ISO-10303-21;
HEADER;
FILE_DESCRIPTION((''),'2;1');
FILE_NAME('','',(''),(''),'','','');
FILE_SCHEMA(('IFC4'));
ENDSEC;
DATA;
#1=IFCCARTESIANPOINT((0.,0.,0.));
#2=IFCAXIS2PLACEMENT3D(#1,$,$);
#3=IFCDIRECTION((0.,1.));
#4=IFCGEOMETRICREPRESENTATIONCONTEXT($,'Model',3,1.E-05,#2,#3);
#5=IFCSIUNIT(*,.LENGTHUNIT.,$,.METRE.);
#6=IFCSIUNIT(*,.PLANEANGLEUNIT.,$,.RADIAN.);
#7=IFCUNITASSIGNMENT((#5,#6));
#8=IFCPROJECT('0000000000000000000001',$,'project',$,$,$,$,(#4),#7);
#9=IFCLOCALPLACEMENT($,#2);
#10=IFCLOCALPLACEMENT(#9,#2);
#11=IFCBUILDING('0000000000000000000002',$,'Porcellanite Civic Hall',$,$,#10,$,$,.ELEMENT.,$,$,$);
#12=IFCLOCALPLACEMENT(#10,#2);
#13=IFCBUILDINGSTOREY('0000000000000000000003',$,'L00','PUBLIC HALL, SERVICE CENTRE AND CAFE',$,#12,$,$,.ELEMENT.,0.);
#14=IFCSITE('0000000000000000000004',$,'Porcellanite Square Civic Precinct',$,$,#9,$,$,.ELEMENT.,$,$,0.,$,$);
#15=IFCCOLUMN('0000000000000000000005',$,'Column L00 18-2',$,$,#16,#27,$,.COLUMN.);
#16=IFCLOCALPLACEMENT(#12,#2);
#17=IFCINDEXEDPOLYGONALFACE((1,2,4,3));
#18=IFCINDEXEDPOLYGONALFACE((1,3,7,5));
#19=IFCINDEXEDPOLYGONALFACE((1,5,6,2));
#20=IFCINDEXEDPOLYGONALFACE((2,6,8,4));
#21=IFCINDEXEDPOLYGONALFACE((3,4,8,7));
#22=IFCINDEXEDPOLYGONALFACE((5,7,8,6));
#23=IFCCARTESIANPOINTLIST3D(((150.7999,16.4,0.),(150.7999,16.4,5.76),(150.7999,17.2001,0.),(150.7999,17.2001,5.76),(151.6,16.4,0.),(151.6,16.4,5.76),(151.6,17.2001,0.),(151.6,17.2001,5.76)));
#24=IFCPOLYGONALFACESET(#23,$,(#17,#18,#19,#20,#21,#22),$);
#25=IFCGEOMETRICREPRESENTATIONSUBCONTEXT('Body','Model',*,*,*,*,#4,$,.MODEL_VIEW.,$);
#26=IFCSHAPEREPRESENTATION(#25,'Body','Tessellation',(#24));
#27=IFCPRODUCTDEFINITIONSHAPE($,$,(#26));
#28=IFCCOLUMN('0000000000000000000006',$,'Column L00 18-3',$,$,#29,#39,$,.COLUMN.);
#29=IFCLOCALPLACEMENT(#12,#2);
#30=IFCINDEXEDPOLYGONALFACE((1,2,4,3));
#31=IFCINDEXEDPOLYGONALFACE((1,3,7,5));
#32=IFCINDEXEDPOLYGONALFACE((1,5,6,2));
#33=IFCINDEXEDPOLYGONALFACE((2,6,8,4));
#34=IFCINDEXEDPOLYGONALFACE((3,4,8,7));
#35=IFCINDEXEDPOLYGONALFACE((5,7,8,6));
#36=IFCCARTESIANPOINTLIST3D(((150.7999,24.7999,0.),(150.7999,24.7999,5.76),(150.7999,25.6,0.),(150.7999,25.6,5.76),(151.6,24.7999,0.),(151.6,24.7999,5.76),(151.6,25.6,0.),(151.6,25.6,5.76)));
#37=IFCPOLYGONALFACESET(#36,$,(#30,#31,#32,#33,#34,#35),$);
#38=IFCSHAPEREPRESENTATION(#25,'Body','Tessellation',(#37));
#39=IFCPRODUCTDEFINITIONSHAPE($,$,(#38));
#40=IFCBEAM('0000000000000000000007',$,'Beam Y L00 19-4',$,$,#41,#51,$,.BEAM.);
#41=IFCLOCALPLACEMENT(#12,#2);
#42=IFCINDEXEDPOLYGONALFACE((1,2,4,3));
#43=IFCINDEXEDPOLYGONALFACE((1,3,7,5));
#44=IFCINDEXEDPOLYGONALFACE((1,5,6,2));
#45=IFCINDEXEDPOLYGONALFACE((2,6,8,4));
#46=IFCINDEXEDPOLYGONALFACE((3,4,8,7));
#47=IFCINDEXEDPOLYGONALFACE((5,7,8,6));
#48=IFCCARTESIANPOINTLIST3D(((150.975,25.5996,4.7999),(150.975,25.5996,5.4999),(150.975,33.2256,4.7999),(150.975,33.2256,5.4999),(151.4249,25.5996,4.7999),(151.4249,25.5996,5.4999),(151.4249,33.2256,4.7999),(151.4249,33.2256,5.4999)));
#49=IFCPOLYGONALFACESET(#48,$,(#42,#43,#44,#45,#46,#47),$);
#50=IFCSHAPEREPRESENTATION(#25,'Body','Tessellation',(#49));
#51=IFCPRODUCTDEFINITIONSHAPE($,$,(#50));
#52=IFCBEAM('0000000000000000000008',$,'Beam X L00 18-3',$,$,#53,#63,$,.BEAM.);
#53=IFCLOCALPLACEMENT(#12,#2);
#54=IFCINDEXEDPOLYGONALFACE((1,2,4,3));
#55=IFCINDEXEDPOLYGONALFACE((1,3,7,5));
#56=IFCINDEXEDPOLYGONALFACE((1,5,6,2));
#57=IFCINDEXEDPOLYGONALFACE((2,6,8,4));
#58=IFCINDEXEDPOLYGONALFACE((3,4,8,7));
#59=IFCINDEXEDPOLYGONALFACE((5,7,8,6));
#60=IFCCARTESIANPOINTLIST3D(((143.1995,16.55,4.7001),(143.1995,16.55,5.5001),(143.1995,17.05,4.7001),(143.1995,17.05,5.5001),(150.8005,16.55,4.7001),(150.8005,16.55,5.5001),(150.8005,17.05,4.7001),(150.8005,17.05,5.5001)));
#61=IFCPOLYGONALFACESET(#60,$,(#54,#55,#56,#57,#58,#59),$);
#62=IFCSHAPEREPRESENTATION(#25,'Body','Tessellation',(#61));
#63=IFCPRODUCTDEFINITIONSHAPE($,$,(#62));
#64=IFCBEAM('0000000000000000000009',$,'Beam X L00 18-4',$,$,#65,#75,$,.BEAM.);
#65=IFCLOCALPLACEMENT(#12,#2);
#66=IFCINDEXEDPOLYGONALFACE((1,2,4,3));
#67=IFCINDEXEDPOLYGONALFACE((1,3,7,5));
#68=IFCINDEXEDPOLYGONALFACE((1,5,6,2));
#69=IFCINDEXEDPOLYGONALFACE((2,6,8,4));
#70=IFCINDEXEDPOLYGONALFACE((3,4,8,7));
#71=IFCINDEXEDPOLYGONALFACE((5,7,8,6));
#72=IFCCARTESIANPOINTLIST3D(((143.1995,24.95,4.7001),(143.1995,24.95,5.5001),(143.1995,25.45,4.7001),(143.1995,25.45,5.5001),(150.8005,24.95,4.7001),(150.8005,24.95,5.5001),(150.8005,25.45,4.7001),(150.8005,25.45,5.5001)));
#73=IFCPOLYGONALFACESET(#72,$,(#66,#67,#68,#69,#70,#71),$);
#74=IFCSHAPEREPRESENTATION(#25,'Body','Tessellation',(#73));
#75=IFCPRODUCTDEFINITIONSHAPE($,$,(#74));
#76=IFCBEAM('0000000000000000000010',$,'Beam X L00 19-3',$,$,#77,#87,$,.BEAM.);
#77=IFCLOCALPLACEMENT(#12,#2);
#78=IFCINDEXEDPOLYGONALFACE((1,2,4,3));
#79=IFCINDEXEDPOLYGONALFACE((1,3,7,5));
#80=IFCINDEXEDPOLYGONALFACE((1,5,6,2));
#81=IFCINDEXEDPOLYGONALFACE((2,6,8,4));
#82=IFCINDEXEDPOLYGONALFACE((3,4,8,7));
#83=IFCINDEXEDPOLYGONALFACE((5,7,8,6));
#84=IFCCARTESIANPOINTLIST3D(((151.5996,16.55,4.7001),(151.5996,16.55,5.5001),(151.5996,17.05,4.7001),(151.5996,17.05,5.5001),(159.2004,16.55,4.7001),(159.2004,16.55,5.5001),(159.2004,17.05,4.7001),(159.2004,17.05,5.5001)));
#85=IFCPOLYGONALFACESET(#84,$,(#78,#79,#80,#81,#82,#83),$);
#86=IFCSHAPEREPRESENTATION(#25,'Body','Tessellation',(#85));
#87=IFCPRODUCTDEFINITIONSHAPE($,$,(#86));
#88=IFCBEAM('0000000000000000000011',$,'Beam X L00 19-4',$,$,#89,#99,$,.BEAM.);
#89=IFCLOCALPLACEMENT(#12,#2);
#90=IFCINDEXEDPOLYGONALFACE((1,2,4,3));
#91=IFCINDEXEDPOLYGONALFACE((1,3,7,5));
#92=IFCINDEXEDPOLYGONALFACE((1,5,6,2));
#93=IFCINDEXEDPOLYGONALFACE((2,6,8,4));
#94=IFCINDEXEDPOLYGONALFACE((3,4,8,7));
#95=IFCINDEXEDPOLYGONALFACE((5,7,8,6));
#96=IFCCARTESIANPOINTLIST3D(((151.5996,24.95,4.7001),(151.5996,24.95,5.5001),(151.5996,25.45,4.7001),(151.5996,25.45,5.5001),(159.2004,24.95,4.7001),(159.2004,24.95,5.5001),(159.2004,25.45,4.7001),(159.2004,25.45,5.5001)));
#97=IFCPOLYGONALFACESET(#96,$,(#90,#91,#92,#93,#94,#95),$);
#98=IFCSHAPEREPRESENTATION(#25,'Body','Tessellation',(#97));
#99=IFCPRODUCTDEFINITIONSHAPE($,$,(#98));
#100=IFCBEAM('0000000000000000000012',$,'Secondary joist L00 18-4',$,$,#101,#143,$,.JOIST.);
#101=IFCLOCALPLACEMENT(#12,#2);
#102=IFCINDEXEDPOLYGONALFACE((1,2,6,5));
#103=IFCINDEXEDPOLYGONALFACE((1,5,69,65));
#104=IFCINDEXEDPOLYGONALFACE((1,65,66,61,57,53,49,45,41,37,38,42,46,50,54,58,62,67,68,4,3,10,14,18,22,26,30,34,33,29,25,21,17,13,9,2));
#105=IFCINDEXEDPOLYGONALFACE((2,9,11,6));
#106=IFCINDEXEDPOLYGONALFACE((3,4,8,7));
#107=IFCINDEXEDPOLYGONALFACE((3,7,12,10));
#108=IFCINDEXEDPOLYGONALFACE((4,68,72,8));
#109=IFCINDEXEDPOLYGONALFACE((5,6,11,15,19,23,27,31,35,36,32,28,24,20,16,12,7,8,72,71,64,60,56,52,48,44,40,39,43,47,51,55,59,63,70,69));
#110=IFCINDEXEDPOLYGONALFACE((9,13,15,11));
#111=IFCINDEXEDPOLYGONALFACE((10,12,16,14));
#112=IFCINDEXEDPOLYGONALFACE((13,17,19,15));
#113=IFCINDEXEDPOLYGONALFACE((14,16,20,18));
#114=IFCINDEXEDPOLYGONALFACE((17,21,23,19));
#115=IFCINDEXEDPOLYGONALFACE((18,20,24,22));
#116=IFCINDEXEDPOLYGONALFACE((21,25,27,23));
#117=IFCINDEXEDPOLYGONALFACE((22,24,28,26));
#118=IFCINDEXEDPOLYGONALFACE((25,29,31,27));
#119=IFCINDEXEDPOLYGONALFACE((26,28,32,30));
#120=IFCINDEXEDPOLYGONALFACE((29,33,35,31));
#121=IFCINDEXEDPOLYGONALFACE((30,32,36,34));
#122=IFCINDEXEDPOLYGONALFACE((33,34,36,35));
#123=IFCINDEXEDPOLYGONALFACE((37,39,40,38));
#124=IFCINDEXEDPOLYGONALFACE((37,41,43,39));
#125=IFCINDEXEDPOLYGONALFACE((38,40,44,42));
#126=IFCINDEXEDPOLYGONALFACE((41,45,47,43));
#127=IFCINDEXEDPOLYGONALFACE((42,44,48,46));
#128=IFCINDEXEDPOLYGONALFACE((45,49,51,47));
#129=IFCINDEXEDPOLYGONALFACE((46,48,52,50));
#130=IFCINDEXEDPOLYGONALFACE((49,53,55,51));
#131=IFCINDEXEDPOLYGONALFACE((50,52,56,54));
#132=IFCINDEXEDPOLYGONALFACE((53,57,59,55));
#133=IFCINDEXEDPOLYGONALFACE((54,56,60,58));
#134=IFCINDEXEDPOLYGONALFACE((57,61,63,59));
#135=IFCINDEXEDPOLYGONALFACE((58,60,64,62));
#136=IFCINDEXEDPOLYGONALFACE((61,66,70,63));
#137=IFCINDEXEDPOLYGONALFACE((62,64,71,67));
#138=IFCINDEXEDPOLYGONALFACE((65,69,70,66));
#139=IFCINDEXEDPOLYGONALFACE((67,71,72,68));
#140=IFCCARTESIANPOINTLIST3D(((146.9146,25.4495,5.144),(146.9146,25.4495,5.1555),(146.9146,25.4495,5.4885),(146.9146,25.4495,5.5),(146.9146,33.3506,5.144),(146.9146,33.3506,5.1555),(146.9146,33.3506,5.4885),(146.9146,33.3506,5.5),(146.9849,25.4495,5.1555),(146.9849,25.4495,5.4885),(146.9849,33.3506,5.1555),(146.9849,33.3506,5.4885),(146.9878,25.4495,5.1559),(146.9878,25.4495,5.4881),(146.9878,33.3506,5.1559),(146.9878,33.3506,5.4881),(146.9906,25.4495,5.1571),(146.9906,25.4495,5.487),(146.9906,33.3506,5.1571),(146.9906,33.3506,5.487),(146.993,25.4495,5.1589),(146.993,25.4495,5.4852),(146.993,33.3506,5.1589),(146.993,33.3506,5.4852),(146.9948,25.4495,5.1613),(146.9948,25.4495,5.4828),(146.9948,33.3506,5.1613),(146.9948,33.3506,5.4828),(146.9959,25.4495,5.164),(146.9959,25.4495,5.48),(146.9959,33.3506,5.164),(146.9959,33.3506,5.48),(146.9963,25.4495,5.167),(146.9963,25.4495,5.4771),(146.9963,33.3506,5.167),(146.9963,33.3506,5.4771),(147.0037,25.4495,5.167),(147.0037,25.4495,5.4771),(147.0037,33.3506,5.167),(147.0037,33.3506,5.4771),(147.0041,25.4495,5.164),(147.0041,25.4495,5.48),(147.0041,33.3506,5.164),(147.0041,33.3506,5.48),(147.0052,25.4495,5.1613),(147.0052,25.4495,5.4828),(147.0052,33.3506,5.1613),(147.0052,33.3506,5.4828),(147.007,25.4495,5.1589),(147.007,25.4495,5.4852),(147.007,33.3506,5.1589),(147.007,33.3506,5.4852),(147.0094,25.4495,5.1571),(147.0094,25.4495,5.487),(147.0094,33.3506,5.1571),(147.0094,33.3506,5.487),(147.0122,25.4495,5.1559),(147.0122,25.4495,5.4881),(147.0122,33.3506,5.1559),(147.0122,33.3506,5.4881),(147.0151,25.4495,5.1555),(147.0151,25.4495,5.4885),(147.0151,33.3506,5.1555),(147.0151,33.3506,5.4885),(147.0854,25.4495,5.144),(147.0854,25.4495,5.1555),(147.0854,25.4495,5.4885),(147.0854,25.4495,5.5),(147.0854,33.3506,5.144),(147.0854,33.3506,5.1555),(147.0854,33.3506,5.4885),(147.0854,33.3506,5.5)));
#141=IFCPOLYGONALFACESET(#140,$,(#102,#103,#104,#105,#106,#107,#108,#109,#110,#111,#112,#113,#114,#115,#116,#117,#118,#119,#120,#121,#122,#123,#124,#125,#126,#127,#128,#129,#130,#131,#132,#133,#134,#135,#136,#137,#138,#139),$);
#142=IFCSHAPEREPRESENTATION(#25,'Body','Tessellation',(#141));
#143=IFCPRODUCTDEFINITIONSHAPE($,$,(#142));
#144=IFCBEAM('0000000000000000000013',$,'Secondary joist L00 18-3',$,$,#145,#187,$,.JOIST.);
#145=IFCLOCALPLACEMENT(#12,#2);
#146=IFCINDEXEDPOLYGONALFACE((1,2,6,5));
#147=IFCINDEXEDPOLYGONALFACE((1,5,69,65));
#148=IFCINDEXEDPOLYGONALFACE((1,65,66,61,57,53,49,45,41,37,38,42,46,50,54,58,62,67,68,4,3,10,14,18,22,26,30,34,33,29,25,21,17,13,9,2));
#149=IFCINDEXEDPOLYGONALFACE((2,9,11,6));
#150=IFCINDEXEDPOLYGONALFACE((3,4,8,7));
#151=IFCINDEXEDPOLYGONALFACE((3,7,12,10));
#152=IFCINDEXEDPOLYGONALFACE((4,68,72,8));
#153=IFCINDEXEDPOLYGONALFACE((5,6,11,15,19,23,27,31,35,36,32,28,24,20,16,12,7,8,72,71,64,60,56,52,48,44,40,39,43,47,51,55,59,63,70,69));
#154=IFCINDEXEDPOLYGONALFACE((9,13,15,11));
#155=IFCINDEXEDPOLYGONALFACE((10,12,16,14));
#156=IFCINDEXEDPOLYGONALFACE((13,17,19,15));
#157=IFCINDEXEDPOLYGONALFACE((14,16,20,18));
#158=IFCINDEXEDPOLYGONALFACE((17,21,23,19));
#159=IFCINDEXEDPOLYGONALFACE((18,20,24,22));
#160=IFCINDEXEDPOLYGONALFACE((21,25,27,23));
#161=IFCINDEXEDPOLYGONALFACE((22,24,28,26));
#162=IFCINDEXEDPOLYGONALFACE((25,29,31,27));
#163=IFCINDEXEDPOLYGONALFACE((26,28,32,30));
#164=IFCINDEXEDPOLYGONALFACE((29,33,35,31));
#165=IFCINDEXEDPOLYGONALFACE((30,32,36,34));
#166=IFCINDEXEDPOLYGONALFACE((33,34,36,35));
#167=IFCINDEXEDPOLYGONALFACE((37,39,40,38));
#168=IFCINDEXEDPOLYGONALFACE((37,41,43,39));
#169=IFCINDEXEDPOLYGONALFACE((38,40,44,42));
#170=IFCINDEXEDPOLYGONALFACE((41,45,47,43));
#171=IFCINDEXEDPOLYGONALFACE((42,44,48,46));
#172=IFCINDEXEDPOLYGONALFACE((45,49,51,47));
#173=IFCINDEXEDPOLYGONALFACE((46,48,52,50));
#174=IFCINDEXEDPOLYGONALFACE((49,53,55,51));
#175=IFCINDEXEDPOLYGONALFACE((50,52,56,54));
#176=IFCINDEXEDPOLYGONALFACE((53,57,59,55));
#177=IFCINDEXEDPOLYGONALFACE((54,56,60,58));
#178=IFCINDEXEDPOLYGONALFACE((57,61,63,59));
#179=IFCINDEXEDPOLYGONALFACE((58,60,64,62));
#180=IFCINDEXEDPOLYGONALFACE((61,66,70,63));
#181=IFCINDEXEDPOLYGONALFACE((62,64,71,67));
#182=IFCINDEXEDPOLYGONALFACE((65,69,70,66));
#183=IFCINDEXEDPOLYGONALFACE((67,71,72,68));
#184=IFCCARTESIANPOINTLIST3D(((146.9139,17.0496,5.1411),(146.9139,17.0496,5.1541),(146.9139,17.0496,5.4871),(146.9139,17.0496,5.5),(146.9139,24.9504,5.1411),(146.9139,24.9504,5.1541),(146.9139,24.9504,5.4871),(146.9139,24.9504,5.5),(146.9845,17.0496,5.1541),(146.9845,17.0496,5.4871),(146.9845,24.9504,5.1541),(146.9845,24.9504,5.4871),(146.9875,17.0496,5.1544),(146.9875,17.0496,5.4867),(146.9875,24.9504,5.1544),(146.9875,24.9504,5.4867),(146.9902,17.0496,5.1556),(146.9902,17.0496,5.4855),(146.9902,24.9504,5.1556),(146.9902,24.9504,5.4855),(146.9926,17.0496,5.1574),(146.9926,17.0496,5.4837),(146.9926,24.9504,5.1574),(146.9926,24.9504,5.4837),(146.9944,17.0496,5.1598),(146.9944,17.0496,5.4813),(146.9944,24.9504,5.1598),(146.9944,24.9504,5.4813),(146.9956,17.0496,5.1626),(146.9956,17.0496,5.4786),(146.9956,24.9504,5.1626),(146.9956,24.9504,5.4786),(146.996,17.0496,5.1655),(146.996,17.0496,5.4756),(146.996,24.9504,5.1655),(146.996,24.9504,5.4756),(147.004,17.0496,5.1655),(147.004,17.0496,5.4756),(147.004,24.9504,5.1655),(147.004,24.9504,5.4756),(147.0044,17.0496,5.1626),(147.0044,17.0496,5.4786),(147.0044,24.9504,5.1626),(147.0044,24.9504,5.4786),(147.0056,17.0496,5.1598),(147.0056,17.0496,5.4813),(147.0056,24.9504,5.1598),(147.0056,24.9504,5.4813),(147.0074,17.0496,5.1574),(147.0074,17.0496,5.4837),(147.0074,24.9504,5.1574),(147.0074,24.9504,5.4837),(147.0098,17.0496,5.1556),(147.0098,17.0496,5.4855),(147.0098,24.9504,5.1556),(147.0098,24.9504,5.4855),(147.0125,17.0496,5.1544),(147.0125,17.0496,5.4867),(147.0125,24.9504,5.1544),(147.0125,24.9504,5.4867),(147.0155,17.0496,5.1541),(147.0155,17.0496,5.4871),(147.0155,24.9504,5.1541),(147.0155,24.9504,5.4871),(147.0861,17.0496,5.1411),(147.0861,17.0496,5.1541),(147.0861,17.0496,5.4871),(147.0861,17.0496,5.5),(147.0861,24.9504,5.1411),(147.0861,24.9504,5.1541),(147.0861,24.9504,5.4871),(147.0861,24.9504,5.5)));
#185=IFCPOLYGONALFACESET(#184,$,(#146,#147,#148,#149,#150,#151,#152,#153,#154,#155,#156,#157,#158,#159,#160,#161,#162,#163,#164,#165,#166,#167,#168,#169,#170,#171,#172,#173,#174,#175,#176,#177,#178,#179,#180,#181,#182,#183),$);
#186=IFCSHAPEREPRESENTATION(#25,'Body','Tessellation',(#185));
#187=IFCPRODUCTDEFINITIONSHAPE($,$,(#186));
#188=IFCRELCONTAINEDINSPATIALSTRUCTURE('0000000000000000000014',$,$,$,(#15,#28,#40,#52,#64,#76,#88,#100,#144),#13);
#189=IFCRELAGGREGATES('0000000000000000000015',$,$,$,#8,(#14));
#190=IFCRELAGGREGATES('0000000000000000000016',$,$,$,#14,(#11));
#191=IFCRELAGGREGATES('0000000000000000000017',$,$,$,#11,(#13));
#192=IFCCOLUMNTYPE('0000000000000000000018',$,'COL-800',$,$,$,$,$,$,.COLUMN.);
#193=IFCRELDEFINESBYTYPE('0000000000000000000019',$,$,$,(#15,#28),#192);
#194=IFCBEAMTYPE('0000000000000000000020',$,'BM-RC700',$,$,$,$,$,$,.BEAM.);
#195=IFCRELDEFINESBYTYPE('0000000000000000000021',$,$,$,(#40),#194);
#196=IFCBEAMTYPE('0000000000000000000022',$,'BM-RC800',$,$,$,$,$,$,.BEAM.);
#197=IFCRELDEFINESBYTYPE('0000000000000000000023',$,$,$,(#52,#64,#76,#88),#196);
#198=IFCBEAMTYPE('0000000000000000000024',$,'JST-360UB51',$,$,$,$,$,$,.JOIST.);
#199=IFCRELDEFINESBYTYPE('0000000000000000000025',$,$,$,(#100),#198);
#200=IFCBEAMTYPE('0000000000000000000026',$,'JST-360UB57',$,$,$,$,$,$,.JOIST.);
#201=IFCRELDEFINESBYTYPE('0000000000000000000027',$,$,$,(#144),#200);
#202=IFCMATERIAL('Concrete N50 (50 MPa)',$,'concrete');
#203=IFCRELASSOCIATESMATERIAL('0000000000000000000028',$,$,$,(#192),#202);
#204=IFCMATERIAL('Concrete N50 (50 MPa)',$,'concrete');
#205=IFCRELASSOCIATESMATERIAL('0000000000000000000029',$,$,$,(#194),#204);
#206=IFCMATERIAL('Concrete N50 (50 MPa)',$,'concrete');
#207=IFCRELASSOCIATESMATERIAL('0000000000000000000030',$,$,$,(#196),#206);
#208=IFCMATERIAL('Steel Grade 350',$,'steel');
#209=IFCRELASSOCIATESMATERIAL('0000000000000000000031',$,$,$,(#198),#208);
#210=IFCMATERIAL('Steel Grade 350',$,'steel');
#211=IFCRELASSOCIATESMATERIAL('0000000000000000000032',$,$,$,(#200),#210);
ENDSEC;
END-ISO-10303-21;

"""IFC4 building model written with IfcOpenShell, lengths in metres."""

from ifc_helpers import new_model, si_unit, direction, frame, origin, origin_2d, place, context, subcontext, project, spatial, rectangle, i_section, extrude, material, material_profile, profile_set, type_object, element, save


model = new_model("IFC4")

# Units and contexts
model_context = context("Model", 3, precision=1e-05, world=origin(), true_north=direction((0.0, 1.0)))
body_context = subcontext(model_context, "Body", "Model", "MODEL_VIEW")
ifc_project = project(units=[si_unit("LENGTHUNIT", "METRE"), si_unit("PLANEANGLEUNIT", "RADIAN")], contexts=[model_context])

# Site, building, storey
site_placement = place(None, origin())
site = spatial("IfcSite", under=ifc_project, at=site_placement, Name="Porcellanite Square Civic Precinct", CompositionType="ELEMENT", RefElevation=0.0)
building_placement = place(site_placement, origin())
building = spatial("IfcBuilding", under=site, at=building_placement, Name="Porcellanite Civic Hall", CompositionType="ELEMENT")
storey_placement = place(building_placement, origin())
storey = spatial("IfcBuildingStorey", under=building, at=storey_placement, Name="L00", Description="PUBLIC HALL, SERVICE CENTRE AND CAFE", CompositionType="ELEMENT", Elevation=0.0)

# Columns
ifc_material_1 = material(Name="Concrete N50 (50 MPa)", Category="concrete")
ifc_material_profile_1 = material_profile(ifc_material_1, rectangle(XDim=0.8, YDim=0.8, at=origin_2d()), Name="RC-800x800")
ifc_profile_set_1 = profile_set([ifc_material_profile_1], Name="Concrete N50 (50 MPa)")
column_type = type_object("IfcColumnType", Name="COL-800", PredefinedType="COLUMN", material=ifc_profile_set_1)
for number, where, z_axis, x_axis, name in (
    (1, (151.2, 16.8, 0.0), (0.0, 0.0, 1.0), (1.0, 0.0, 0.0), "Column L00 18-2"),
    (2, (151.2, 25.2, 0.0), (0.0, 0.0, 1.0), (1.0, 0.0, 0.0), "Column L00 18-3"),
):
    element("IfcColumn", number, at=place(storey_placement, frame(where, z_axis=z_axis, x_axis=x_axis)), inside=storey, type_object=column_type, Name=name, PredefinedType="COLUMN", context=body_context, shape_type="SweptSolid", body=[
        extrude(rectangle(XDim=0.8, YDim=0.8, at=origin_2d()), origin(), (0.0, 0.0, 1.0), 5.76),
    ])

# Beams
ifc_material_2 = material(Name="Concrete N50 (50 MPa)", Category="concrete")
ifc_material_profile_2 = material_profile(ifc_material_2, rectangle(XDim=0.45, YDim=0.7, at=origin_2d()), Name="RC-450x700")
ifc_profile_set_2 = profile_set([ifc_material_profile_2], Name="Concrete N50 (50 MPa)")
beam_type_1 = type_object("IfcBeamType", Name="BM-RC700", PredefinedType="BEAM", material=ifc_profile_set_2)
beam_1_placement = place(storey_placement, frame((151.2, 25.5996, 5.1499), z_axis=(0.0, 1.0, 0.0), x_axis=(-1.0, 0.0, 0.0)))
element("IfcBeam", 3, at=beam_1_placement, inside=storey, type_object=beam_type_1, Name="Beam Y L00 19-4", PredefinedType="BEAM", context=body_context, shape_type="SweptSolid", body=[
    extrude(rectangle(XDim=0.45, YDim=0.7, at=origin_2d()), origin(), (0.0, 0.0, 1.0), 7.626),
])
ifc_material_3 = material(Name="Concrete N50 (50 MPa)", Category="concrete")
ifc_material_profile_3 = material_profile(ifc_material_3, rectangle(XDim=0.5, YDim=0.8, at=origin_2d()), Name="RC-500x800")
ifc_profile_set_3 = profile_set([ifc_material_profile_3], Name="Concrete N50 (50 MPa)")
beam_type_2 = type_object("IfcBeamType", Name="BM-RC800", PredefinedType="BEAM", material=ifc_profile_set_3)
for number, where, z_axis, x_axis, name in (
    (4, (143.1995, 16.8, 5.1001), (1.0, 0.0, 0.0), (0.0, 1.0, 0.0), "Beam X L00 18-3"),
    (5, (143.1995, 25.2, 5.1001), (1.0, 0.0, 0.0), (0.0, 1.0, 0.0), "Beam X L00 18-4"),
):
    element("IfcBeam", number, at=place(storey_placement, frame(where, z_axis=z_axis, x_axis=x_axis)), inside=storey, type_object=beam_type_2, Name=name, PredefinedType="BEAM", context=body_context, shape_type="SweptSolid", body=[
        extrude(rectangle(XDim=0.5, YDim=0.8, at=origin_2d()), origin(), (0.0, 0.0, 1.0), 7.6011),
    ])
for number, where, z_axis, x_axis, name in (
    (6, (151.5996, 16.8, 5.1001), (1.0, 0.0, 0.0), (0.0, 1.0, 0.0), "Beam X L00 19-3"),
    (7, (151.5996, 25.2, 5.1001), (1.0, 0.0, 0.0), (0.0, 1.0, 0.0), "Beam X L00 19-4"),
):
    element("IfcBeam", number, at=place(storey_placement, frame(where, z_axis=z_axis, x_axis=x_axis)), inside=storey, type_object=beam_type_2, Name=name, PredefinedType="BEAM", context=body_context, shape_type="SweptSolid", body=[
        extrude(rectangle(XDim=0.5, YDim=0.8, at=origin_2d()), origin(), (0.0, 0.0, 1.0), 7.6008),
    ])
ifc_material_4 = material(Name="Steel Grade 350", Category="steel")
ifc_material_profile_4 = material_profile(ifc_material_4, i_section(OverallWidth=0.1709, OverallDepth=0.356, WebThickness=0.0073, FlangeThickness=0.0115, FilletRadius=0.0115, at=origin_2d()), Name="360UB50.7")
ifc_profile_set_4 = profile_set([ifc_material_profile_4], Name="Steel Grade 350")
beam_type_3 = type_object("IfcBeamType", Name="JST-360UB51", PredefinedType="JOIST", material=ifc_profile_set_4)
beam_2_placement = place(storey_placement, frame((147.0, 25.4495, 5.322), z_axis=(0.0, 1.0, 0.0), x_axis=(-1.0, 0.0, 0.0)))
element("IfcBeam", 8, at=beam_2_placement, inside=storey, type_object=beam_type_3, Name="Secondary joist L00 18-4", PredefinedType="JOIST", context=body_context, shape_type="SweptSolid", body=[
    extrude(i_section(OverallWidth=0.1709, OverallDepth=0.356, WebThickness=0.0073, FlangeThickness=0.0115, FilletRadius=0.0115, at=origin_2d()), origin(), (0.0, 0.0, 1.0), 7.9011),
])
ifc_material_5 = material(Name="Steel Grade 350", Category="steel")
ifc_material_profile_5 = material_profile(ifc_material_5, i_section(OverallWidth=0.1721, OverallDepth=0.3589, WebThickness=0.0081, FlangeThickness=0.0129, FilletRadius=0.0115, at=origin_2d()), Name="360UB56.7")
ifc_profile_set_5 = profile_set([ifc_material_profile_5], Name="Steel Grade 350")
beam_type_4 = type_object("IfcBeamType", Name="JST-360UB57", PredefinedType="JOIST", material=ifc_profile_set_5)
beam_3_placement = place(storey_placement, frame((147.0, 17.0496, 5.3206), z_axis=(0.0, 1.0, 0.0), x_axis=(-1.0, 0.0, 0.0)))
element("IfcBeam", 9, at=beam_3_placement, inside=storey, type_object=beam_type_4, Name="Secondary joist L00 18-3", PredefinedType="JOIST", context=body_context, shape_type="SweptSolid", body=[
    extrude(i_section(OverallWidth=0.1721, OverallDepth=0.3589, WebThickness=0.0081, FlangeThickness=0.0129, FilletRadius=0.0115, at=origin_2d()), origin(), (0.0, 0.0, 1.0), 7.9009),
])

save(model, "model.ifc")
